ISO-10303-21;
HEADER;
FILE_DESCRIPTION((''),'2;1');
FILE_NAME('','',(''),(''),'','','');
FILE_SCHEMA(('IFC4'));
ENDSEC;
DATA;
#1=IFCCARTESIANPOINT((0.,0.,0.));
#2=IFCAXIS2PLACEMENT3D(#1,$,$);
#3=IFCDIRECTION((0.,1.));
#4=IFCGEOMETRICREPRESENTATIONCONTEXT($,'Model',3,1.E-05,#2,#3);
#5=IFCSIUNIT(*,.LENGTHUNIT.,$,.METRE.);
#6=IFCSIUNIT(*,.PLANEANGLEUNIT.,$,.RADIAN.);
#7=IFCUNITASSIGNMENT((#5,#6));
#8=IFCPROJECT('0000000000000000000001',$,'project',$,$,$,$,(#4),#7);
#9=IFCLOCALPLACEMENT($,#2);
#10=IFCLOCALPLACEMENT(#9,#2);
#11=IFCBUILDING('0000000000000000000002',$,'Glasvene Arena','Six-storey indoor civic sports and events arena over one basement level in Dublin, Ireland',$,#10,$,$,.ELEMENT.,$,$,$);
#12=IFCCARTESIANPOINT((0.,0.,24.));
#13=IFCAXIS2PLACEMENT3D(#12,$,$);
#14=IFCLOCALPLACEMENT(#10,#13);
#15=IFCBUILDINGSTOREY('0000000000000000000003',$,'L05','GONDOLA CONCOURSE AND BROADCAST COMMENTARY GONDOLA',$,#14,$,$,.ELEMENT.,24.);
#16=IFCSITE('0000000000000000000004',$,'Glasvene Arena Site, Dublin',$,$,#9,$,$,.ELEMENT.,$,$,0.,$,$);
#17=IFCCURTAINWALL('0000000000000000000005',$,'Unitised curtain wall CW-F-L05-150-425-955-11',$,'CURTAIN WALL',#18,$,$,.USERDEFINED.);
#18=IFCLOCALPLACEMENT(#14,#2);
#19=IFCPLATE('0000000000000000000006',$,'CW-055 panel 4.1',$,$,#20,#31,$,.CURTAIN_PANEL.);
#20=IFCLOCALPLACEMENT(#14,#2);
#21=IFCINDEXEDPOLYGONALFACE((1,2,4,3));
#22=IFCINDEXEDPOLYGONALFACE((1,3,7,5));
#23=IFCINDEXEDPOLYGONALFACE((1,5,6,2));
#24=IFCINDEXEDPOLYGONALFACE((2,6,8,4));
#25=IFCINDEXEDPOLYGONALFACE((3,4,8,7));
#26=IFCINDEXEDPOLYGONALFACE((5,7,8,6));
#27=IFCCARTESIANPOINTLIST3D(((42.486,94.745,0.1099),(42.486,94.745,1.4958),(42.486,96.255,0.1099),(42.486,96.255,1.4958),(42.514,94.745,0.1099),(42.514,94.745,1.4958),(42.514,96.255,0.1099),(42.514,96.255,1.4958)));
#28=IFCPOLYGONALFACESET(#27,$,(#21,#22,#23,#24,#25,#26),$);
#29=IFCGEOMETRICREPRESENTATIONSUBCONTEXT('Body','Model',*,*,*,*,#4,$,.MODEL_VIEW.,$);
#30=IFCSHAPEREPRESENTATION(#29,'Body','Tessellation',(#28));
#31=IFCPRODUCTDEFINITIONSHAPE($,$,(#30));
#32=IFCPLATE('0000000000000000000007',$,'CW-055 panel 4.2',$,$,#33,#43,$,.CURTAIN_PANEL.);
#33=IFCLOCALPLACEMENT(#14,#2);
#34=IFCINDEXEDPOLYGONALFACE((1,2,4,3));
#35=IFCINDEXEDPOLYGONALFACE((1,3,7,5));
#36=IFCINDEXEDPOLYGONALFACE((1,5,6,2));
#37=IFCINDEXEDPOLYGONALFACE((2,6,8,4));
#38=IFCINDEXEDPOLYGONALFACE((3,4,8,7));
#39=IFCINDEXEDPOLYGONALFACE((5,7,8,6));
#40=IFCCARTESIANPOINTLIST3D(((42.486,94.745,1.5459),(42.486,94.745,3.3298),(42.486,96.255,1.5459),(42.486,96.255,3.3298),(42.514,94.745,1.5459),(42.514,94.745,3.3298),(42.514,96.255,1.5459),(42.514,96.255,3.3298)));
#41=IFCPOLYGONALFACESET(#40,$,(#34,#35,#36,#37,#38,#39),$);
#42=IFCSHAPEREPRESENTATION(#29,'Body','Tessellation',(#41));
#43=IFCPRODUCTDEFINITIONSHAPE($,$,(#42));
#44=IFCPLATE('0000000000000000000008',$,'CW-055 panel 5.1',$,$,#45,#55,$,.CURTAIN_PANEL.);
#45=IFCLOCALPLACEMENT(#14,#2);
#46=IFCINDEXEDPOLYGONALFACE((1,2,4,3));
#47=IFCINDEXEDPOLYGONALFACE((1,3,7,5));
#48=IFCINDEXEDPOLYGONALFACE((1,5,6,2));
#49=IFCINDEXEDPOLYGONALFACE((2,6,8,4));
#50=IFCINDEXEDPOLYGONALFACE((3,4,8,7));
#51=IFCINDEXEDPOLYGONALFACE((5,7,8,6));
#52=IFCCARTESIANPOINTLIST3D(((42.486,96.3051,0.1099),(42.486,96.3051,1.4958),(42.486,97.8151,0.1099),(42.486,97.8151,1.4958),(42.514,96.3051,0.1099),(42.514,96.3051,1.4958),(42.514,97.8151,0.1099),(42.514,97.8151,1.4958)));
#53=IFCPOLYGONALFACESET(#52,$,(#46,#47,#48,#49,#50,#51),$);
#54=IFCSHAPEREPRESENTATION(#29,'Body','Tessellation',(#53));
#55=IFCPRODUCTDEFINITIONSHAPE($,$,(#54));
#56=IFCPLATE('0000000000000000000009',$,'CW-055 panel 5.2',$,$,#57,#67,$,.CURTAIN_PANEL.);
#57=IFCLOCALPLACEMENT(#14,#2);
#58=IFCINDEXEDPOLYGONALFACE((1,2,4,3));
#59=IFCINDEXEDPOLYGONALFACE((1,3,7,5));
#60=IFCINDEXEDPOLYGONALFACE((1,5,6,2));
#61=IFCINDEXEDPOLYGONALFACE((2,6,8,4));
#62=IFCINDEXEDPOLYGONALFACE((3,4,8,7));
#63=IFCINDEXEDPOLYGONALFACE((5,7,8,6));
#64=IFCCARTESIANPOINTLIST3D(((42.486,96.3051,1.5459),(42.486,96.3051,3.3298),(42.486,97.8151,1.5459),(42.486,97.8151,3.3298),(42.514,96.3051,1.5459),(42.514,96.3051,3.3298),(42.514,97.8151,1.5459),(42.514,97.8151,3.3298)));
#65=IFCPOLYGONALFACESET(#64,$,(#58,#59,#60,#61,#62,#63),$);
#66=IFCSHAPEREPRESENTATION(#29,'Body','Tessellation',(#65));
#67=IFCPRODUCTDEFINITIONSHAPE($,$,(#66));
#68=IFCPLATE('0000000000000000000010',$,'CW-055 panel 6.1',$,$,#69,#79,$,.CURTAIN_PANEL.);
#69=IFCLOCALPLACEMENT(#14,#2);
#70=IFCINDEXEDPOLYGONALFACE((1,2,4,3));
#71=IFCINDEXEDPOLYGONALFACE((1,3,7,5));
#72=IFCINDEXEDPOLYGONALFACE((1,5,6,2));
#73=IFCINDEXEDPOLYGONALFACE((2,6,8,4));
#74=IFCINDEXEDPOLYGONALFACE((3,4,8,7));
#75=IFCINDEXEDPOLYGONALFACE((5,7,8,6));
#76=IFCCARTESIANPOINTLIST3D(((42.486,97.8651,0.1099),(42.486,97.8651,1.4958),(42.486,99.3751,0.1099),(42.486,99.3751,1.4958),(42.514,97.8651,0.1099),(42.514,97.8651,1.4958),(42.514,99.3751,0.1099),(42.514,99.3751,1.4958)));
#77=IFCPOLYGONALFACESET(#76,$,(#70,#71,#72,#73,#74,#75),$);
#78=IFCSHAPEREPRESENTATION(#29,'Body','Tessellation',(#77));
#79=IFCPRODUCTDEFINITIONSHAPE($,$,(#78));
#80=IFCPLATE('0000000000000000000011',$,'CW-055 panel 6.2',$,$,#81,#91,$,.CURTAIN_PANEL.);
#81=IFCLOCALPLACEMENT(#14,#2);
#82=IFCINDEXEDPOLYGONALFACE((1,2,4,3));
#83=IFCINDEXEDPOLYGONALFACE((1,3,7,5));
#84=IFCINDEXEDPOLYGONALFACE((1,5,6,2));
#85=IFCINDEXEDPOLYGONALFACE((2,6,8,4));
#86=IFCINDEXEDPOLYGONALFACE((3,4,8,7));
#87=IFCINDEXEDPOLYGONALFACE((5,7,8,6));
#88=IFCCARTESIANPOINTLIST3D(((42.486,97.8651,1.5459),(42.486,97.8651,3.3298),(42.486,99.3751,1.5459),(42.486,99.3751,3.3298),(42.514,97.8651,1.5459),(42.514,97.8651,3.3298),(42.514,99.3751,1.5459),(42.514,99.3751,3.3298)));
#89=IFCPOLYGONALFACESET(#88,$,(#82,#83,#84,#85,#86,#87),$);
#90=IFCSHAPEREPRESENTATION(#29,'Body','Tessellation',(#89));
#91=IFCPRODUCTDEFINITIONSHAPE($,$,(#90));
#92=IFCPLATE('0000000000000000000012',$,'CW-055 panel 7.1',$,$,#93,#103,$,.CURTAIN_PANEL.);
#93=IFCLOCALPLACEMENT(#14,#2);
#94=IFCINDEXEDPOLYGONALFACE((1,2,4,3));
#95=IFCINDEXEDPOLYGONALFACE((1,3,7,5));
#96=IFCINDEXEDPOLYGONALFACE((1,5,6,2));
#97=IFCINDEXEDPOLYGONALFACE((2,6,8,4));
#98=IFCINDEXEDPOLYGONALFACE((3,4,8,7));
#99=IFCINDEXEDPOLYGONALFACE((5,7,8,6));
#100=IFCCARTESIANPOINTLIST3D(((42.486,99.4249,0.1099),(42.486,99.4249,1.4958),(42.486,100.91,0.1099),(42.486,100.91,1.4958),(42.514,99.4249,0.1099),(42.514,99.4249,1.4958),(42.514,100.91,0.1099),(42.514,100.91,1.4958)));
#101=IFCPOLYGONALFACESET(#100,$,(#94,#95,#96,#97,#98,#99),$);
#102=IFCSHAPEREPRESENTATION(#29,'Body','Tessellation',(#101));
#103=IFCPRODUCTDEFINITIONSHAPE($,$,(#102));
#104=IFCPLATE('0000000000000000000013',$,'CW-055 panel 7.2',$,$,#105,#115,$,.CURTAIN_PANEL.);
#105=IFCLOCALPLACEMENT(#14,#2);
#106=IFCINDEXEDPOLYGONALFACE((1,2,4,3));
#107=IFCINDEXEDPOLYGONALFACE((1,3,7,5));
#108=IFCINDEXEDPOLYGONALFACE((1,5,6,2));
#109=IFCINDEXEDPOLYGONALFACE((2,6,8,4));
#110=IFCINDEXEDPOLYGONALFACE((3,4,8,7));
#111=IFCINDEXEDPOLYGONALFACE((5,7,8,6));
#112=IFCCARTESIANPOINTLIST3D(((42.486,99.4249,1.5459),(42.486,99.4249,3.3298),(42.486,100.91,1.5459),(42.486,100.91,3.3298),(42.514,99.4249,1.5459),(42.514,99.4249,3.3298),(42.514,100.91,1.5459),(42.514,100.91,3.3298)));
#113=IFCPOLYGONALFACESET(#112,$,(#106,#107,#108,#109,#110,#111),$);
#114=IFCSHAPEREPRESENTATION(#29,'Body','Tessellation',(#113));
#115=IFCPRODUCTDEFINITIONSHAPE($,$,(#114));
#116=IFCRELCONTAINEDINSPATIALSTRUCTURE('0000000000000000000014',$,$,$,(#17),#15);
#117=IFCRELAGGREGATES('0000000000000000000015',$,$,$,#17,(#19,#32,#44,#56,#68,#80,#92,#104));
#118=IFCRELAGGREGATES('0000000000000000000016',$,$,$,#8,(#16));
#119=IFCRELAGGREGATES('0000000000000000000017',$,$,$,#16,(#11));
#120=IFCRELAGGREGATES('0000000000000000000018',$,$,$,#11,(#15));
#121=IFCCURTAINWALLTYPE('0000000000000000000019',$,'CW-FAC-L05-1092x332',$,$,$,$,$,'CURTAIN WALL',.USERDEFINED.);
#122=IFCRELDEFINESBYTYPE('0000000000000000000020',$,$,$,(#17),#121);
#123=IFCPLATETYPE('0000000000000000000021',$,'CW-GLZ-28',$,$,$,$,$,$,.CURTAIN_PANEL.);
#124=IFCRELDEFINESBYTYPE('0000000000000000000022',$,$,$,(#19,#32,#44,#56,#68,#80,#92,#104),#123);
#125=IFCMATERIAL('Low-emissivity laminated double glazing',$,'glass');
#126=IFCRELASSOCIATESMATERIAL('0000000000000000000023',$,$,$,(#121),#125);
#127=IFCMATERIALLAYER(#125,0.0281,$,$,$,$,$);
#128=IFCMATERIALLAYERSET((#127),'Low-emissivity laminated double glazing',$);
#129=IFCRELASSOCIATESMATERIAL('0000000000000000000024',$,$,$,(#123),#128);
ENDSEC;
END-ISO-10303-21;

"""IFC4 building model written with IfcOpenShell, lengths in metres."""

from ifc_helpers import new_model, si_unit, direction, frame, origin, origin_2d, place, context, subcontext, project, spatial, rectangle, extrude, material, layer, layer_set, type_object, element, aggregate, save


model = new_model("IFC4")

# Units and contexts
model_context = context("Model", 3, precision=1e-05, world=origin(), true_north=direction((0.0, 1.0)))
body_context = subcontext(model_context, "Body", "Model", "MODEL_VIEW")
ifc_project = project(units=[si_unit("LENGTHUNIT", "METRE"), si_unit("PLANEANGLEUNIT", "RADIAN")], contexts=[model_context])

# Site, building, storey
site_placement = place(None, origin())
site = spatial("IfcSite", under=ifc_project, at=site_placement, Name="Glasvene Arena Site, Dublin", CompositionType="ELEMENT", RefElevation=0.0)
building_placement = place(site_placement, origin())
building = spatial("IfcBuilding", under=site, at=building_placement, Name="Glasvene Arena", Description="Six-storey indoor civic sports and events arena over one basement level in Dublin, Ireland", CompositionType="ELEMENT")
storey_placement = place(building_placement, frame((0.0, 0.0, 24.0)))
storey = spatial("IfcBuildingStorey", under=building, at=storey_placement, Name="L05", Description="GONDOLA CONCOURSE AND BROADCAST COMMENTARY GONDOLA", CompositionType="ELEMENT", Elevation=24.0)

# Curtain wall, plates
ifc_material_1 = material(Name="Low-emissivity laminated double glazing", Category="glass")
curtain_wall_type = type_object("IfcCurtainWallType", Name="CW-FAC-L05-1092x332", ElementType="CURTAIN WALL", PredefinedType="USERDEFINED", material=ifc_material_1)
curtain_wall_placement = place(storey_placement, frame((42.5, 90.04, 0.0)))
curtain_wall = element("IfcCurtainWall", 1, at=curtain_wall_placement, inside=storey, type_object=curtain_wall_type, Name="Unitised curtain wall CW-F-L05-150-425-955-11", ObjectType="CURTAIN WALL", PredefinedType="USERDEFINED")
ifc_layer = layer(ifc_material_1, 0.0281)
ifc_layer_set = layer_set([ifc_layer], Name="Low-emissivity laminated double glazing")
plate_type = type_object("IfcPlateType", Name="CW-GLZ-28", PredefinedType="CURTAIN_PANEL", material=ifc_layer_set)
plate_1_placement = place(storey_placement, frame((42.5, 95.5, 0.1099), z_axis=(0.0, 0.0, 1.0), x_axis=(0.0, 1.0, 0.0)))
plate_1 = element("IfcPlate", 2, at=plate_1_placement, type_object=plate_type, Name="CW-055 panel 4.1", PredefinedType="CURTAIN_PANEL", context=body_context, shape_type="SweptSolid", body=[
    extrude(rectangle(XDim=1.51, YDim=0.0281, at=origin_2d()), origin(), (0.0, 0.0, 1.0), 1.386),
])
plate_2_placement = place(storey_placement, frame((42.5, 95.5, 1.5459), z_axis=(0.0, 0.0, 1.0), x_axis=(0.0, 1.0, 0.0)))
plate_2 = element("IfcPlate", 3, at=plate_2_placement, type_object=plate_type, Name="CW-055 panel 4.2", PredefinedType="CURTAIN_PANEL", context=body_context, shape_type="SweptSolid", body=[
    extrude(rectangle(XDim=1.51, YDim=0.0281, at=origin_2d()), origin(), (0.0, 0.0, 1.0), 1.7839),
])
plate_3_placement = place(storey_placement, frame((42.5, 97.0601, 0.1099), z_axis=(0.0, 0.0, 1.0), x_axis=(0.0, 1.0, 0.0)))
plate_3 = element("IfcPlate", 4, at=plate_3_placement, type_object=plate_type, Name="CW-055 panel 5.1", PredefinedType="CURTAIN_PANEL", context=body_context, shape_type="SweptSolid", body=[
    extrude(rectangle(XDim=1.51, YDim=0.0281, at=origin_2d()), origin(), (0.0, 0.0, 1.0), 1.386),
])
plate_4_placement = place(storey_placement, frame((42.5, 97.0601, 1.5459), z_axis=(0.0, 0.0, 1.0), x_axis=(0.0, 1.0, 0.0)))
plate_4 = element("IfcPlate", 5, at=plate_4_placement, type_object=plate_type, Name="CW-055 panel 5.2", PredefinedType="CURTAIN_PANEL", context=body_context, shape_type="SweptSolid", body=[
    extrude(rectangle(XDim=1.51, YDim=0.0281, at=origin_2d()), origin(), (0.0, 0.0, 1.0), 1.7839),
])
plate_5_placement = place(storey_placement, frame((42.5, 98.6201, 0.1099), z_axis=(0.0, 0.0, 1.0), x_axis=(0.0, 1.0, 0.0)))
plate_5 = element("IfcPlate", 6, at=plate_5_placement, type_object=plate_type, Name="CW-055 panel 6.1", PredefinedType="CURTAIN_PANEL", context=body_context, shape_type="SweptSolid", body=[
    extrude(rectangle(XDim=1.51, YDim=0.0281, at=origin_2d()), origin(), (0.0, 0.0, 1.0), 1.386),
])
plate_6_placement = place(storey_placement, frame((42.5, 98.6201, 1.5459), z_axis=(0.0, 0.0, 1.0), x_axis=(0.0, 1.0, 0.0)))
plate_6 = element("IfcPlate", 7, at=plate_6_placement, type_object=plate_type, Name="CW-055 panel 6.2", PredefinedType="CURTAIN_PANEL", context=body_context, shape_type="SweptSolid", body=[
    extrude(rectangle(XDim=1.51, YDim=0.0281, at=origin_2d()), origin(), (0.0, 0.0, 1.0), 1.7839),
])
plate_7_placement = place(storey_placement, frame((42.5, 100.1675, 0.1099), z_axis=(0.0, 0.0, 1.0), x_axis=(0.0, 1.0, 0.0)))
plate_7 = element("IfcPlate", 8, at=plate_7_placement, type_object=plate_type, Name="CW-055 panel 7.1", PredefinedType="CURTAIN_PANEL", context=body_context, shape_type="SweptSolid", body=[
    extrude(rectangle(XDim=1.4851, YDim=0.0281, at=origin_2d()), origin(), (0.0, 0.0, 1.0), 1.386),
])
plate_8_placement = place(storey_placement, frame((42.5, 100.1675, 1.5459), z_axis=(0.0, 0.0, 1.0), x_axis=(0.0, 1.0, 0.0)))
plate_8 = element("IfcPlate", 9, at=plate_8_placement, type_object=plate_type, Name="CW-055 panel 7.2", PredefinedType="CURTAIN_PANEL", context=body_context, shape_type="SweptSolid", body=[
    extrude(rectangle(XDim=1.4851, YDim=0.0281, at=origin_2d()), origin(), (0.0, 0.0, 1.0), 1.7839),
])
aggregate(curtain_wall, [plate_1, plate_2, plate_3, plate_4, plate_5, plate_6, plate_7, plate_8])

save(model, "model.ifc")
